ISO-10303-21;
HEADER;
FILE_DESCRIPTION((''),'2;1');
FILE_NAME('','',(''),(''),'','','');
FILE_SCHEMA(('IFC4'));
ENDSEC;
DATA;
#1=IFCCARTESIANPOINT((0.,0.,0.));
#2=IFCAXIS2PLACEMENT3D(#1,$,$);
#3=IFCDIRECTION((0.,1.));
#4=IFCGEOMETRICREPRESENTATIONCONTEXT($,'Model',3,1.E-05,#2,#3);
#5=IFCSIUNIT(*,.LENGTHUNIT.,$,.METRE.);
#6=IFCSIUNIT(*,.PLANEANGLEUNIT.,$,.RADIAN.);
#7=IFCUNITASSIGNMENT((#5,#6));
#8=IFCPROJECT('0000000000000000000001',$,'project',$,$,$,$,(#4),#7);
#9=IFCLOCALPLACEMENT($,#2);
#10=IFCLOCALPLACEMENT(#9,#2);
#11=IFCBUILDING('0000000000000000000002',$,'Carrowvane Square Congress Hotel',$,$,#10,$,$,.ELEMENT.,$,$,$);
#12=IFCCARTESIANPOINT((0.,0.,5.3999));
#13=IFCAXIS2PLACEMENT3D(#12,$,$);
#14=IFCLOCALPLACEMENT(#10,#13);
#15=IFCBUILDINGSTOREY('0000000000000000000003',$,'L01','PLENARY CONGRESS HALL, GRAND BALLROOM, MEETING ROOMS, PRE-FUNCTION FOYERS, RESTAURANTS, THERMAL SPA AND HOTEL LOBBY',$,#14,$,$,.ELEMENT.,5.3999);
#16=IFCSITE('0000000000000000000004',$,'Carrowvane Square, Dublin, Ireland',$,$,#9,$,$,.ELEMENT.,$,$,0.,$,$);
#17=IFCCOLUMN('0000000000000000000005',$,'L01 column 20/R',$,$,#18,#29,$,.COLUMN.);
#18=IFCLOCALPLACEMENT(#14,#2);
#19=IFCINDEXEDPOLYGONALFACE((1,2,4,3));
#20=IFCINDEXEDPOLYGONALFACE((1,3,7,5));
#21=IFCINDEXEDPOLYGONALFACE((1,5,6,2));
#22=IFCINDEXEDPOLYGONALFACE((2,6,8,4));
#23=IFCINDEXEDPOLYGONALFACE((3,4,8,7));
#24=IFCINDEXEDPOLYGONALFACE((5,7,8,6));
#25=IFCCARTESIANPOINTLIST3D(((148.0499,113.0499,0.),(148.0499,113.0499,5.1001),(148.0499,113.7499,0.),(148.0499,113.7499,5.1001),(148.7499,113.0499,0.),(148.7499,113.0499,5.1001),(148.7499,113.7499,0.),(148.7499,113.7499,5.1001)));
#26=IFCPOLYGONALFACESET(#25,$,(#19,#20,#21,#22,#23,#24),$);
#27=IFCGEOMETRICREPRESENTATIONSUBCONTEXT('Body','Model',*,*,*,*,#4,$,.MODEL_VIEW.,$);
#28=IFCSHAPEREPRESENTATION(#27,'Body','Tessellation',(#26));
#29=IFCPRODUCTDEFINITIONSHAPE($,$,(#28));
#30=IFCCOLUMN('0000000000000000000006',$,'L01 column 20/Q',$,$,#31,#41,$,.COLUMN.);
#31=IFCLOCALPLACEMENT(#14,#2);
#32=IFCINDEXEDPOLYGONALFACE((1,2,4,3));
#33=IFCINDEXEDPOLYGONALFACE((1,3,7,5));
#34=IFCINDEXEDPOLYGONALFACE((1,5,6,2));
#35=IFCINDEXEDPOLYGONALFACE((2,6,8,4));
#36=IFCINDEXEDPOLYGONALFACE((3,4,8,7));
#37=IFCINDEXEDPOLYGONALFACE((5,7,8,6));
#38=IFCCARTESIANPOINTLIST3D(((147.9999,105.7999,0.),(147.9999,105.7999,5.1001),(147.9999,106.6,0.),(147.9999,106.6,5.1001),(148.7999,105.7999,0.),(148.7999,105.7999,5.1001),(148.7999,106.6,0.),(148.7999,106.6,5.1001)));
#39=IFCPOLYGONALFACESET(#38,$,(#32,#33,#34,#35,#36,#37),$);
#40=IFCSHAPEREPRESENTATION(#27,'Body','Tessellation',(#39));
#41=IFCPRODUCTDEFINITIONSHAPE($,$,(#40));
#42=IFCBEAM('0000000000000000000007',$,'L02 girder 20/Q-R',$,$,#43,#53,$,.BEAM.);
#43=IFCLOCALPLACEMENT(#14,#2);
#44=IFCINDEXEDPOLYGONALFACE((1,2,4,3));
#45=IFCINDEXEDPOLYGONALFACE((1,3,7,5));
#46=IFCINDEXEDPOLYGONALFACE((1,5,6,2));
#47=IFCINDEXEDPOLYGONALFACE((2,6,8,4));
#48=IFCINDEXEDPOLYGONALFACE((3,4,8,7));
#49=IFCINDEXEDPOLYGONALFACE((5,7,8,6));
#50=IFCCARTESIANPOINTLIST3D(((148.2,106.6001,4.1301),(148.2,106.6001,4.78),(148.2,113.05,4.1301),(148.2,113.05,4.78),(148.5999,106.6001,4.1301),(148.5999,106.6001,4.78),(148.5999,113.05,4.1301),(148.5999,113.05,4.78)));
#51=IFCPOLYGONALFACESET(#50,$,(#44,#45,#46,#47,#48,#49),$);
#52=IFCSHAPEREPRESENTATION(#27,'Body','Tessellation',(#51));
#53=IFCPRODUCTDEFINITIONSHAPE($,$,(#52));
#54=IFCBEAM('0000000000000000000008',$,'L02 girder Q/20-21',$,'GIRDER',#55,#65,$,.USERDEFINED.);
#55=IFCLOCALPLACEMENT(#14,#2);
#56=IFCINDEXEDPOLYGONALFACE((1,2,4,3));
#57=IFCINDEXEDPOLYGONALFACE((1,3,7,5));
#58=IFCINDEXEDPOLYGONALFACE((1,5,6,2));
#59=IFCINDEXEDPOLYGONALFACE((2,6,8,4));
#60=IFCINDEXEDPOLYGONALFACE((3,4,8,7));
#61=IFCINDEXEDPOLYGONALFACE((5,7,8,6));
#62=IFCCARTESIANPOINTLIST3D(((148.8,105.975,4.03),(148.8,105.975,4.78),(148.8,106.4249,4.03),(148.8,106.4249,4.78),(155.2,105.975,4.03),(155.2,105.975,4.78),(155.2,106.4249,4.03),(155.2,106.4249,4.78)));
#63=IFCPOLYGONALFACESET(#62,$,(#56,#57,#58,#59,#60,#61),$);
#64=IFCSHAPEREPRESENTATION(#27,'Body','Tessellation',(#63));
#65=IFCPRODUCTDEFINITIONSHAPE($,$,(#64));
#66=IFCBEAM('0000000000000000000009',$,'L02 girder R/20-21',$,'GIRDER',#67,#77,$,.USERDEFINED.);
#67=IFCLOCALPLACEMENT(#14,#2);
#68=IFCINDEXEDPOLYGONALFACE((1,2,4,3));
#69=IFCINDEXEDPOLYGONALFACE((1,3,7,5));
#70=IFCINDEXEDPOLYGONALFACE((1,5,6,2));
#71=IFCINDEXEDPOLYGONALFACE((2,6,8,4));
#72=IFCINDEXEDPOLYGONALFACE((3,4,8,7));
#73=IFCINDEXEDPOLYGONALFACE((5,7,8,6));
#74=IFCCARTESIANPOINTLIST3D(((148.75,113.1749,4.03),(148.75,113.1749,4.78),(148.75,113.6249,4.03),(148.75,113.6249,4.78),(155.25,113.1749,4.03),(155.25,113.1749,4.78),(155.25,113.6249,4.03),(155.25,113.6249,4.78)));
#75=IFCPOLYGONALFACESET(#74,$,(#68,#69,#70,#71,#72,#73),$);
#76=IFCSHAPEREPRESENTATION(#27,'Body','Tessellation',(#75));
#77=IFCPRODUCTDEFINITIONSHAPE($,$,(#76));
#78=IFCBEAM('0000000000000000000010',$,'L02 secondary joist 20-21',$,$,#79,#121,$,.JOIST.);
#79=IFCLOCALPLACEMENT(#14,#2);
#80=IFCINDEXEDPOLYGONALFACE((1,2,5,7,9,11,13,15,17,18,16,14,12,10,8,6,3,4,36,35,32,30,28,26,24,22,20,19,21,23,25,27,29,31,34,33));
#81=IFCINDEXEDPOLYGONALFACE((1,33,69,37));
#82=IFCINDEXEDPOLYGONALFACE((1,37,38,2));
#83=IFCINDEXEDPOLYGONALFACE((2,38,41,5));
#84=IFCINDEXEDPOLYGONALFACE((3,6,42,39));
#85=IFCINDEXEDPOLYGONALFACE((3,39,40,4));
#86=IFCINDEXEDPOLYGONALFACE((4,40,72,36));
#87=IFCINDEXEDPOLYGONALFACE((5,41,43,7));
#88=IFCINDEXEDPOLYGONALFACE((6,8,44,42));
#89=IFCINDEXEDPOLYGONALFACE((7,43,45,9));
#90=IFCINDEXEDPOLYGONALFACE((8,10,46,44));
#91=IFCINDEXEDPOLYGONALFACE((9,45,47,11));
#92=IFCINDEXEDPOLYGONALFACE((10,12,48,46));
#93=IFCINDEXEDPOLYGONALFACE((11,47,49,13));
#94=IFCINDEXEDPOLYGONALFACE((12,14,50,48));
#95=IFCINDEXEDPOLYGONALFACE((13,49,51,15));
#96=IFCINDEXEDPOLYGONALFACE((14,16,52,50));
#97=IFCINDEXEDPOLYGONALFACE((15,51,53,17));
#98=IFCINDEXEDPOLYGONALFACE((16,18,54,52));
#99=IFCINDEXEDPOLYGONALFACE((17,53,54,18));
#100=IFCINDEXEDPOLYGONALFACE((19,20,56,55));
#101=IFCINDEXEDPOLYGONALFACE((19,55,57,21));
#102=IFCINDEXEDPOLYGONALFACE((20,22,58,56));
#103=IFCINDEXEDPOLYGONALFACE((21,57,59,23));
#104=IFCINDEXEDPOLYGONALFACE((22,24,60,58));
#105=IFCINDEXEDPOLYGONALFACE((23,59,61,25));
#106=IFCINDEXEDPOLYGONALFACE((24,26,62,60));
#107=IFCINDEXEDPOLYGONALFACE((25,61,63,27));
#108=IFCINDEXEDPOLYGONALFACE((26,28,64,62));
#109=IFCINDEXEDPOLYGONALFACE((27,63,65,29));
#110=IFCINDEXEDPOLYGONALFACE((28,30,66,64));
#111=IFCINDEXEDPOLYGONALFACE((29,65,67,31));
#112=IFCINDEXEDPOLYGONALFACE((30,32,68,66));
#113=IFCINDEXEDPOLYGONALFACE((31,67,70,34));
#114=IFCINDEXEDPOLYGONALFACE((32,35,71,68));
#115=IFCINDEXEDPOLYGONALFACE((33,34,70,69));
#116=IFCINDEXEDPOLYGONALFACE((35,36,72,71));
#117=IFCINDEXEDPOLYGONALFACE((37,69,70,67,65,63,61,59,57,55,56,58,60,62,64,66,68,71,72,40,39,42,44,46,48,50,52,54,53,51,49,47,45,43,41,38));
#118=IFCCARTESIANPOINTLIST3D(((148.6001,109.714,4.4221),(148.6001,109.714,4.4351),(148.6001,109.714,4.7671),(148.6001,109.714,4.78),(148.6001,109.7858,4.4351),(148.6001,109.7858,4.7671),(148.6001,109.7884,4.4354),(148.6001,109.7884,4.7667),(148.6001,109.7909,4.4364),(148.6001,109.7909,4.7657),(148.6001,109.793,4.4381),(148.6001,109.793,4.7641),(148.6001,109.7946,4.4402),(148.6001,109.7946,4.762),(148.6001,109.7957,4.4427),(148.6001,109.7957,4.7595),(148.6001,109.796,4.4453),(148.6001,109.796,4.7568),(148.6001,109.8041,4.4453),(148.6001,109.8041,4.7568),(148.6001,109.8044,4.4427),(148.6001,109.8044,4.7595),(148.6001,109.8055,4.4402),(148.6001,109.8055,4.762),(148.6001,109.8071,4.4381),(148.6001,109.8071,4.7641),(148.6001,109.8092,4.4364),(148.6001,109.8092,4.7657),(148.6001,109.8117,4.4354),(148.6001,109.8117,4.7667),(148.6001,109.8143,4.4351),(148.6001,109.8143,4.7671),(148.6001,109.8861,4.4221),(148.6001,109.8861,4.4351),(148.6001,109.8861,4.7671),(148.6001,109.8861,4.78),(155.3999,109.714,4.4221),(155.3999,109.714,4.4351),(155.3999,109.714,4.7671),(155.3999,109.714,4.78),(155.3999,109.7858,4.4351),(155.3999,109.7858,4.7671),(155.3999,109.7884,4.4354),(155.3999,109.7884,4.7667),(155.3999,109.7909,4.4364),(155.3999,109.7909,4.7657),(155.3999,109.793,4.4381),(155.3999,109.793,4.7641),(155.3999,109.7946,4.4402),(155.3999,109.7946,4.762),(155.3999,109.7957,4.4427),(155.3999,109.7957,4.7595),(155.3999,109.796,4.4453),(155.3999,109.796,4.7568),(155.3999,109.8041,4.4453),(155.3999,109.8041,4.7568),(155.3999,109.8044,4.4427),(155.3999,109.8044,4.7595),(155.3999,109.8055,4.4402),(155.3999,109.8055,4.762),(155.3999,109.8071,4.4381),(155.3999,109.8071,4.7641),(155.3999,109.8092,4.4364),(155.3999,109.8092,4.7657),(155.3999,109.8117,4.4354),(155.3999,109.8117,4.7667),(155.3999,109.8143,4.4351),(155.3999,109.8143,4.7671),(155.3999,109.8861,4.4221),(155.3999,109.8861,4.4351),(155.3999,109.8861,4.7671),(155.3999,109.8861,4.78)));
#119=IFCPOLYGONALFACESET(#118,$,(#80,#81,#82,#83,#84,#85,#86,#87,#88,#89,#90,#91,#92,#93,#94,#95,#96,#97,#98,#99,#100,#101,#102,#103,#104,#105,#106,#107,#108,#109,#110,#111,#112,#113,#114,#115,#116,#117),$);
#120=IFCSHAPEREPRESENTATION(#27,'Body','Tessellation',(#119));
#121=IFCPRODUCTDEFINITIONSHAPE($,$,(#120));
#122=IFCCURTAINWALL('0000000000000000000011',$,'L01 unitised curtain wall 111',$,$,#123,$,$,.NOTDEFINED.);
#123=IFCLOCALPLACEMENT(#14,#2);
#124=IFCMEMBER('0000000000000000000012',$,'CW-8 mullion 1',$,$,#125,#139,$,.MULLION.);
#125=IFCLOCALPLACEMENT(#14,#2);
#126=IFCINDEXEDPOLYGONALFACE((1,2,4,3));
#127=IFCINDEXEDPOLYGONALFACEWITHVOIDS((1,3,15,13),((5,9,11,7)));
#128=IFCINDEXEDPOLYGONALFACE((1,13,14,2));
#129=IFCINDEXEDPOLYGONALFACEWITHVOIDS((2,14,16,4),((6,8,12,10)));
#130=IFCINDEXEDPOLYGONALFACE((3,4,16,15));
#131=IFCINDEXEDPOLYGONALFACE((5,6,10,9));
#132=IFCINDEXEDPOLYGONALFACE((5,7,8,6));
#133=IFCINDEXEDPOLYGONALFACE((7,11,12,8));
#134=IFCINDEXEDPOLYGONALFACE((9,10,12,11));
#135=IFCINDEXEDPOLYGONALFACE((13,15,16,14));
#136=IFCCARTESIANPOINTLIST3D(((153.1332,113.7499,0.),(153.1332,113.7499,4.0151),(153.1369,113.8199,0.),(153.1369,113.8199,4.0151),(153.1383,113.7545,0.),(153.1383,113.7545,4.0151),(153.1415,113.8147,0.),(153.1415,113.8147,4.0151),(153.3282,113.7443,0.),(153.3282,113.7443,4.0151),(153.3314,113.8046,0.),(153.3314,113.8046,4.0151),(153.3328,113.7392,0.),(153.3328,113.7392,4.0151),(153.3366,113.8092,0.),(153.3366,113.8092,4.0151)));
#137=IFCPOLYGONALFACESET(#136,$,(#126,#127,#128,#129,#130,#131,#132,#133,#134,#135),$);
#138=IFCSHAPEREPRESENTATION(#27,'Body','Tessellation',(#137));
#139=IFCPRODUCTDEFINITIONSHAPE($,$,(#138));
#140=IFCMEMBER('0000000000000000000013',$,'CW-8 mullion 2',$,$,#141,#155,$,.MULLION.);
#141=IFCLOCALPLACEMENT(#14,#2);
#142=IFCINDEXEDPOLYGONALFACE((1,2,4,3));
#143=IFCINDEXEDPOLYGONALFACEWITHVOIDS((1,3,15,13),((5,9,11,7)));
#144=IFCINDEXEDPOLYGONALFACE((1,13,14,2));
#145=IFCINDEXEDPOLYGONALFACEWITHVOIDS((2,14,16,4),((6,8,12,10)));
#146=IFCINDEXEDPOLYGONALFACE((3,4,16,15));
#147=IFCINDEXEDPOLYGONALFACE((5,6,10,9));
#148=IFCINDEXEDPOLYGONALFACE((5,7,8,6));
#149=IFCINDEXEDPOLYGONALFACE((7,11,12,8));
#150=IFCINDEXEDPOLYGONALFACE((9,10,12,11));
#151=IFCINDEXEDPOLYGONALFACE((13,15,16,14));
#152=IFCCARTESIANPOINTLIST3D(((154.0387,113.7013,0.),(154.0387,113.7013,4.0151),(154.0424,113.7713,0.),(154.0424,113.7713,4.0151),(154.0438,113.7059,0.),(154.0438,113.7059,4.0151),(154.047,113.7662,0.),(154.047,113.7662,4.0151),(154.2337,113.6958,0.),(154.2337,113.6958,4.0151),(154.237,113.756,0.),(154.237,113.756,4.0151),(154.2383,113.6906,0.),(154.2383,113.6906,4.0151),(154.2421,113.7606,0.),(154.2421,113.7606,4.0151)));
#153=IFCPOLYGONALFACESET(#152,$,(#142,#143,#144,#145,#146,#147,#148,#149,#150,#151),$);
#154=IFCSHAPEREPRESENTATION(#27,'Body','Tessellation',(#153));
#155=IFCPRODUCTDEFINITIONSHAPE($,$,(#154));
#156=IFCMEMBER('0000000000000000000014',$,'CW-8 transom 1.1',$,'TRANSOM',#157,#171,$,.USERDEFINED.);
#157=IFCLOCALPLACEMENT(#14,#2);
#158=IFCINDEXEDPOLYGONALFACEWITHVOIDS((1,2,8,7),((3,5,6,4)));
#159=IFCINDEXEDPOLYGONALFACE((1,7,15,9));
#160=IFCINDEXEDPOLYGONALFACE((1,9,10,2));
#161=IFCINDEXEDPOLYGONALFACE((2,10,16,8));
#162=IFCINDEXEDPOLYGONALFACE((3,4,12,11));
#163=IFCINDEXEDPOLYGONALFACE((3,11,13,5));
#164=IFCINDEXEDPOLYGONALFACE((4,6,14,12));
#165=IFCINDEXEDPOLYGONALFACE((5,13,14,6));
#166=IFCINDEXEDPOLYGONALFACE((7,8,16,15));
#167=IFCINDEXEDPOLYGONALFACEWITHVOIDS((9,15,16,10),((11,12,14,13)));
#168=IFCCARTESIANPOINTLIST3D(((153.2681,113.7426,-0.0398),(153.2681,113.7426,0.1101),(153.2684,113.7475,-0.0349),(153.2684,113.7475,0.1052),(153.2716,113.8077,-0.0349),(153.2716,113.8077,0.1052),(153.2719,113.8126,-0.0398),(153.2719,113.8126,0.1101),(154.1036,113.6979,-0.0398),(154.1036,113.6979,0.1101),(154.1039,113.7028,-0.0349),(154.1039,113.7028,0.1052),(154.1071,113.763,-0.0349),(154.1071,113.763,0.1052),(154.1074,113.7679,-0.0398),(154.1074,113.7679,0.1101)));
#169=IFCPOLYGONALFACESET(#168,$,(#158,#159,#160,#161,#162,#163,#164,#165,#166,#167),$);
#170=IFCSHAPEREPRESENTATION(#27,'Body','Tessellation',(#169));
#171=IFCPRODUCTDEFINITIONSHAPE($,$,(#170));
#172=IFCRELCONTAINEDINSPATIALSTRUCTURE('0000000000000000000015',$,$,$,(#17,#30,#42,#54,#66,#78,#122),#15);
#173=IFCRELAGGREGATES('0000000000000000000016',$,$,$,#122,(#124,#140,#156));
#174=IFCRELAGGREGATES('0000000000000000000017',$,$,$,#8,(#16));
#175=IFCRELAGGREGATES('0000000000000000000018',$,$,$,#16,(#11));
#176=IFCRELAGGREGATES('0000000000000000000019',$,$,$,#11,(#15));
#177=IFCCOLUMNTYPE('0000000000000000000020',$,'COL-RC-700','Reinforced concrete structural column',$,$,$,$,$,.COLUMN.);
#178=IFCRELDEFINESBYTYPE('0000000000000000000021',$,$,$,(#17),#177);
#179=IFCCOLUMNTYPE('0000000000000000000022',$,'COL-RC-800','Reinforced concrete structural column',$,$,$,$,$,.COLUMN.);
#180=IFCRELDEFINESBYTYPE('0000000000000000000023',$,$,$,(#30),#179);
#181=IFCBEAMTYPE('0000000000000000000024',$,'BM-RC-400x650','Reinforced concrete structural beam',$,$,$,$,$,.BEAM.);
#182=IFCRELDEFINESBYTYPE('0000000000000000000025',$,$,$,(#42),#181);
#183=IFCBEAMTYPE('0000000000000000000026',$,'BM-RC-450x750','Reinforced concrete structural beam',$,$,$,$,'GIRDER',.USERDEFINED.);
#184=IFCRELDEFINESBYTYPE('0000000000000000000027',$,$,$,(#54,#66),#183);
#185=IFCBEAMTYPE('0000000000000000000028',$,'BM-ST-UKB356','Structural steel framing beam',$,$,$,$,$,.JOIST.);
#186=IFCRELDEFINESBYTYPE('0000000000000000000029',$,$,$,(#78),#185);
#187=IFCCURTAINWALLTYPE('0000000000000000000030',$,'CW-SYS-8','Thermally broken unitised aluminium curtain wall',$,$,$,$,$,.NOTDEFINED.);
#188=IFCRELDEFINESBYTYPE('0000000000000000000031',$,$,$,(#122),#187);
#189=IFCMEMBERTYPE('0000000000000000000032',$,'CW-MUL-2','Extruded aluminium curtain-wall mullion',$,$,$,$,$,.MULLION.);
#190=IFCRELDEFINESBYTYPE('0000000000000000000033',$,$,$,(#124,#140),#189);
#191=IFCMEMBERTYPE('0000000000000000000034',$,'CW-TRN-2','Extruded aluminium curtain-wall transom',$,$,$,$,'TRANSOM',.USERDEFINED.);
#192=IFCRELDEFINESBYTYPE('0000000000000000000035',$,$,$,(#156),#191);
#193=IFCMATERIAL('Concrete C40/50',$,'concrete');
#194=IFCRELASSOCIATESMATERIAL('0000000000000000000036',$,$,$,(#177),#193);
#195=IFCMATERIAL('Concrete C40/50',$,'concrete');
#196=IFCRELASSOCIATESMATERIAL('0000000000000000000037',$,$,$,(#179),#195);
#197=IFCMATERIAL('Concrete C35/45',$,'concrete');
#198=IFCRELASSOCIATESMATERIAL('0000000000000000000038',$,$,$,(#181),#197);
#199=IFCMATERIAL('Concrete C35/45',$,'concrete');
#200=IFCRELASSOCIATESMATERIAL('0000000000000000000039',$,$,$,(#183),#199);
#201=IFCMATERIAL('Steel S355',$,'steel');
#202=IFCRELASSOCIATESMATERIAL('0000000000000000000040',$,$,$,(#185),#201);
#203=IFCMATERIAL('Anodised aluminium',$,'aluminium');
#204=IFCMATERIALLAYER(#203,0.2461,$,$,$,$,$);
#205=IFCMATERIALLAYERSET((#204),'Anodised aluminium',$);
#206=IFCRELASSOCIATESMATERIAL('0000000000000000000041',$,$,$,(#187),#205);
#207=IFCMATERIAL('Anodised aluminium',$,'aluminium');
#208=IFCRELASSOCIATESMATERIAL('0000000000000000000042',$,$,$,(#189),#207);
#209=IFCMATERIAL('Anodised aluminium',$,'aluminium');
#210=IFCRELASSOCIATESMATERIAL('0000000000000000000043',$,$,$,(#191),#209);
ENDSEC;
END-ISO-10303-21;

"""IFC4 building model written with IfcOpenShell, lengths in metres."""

from ifc_helpers import new_model, si_unit, direction, frame, origin, origin_2d, place, context, subcontext, project, spatial, rectangle, hollow_rectangle, i_section, extrude, material, layer, layer_set, material_profile, profile_set, type_object, element, aggregate, save


model = new_model("IFC4")

# Units and contexts
model_context = context("Model", 3, precision=1e-05, world=origin(), true_north=direction((0.0, 1.0)))
body_context = subcontext(model_context, "Body", "Model", "MODEL_VIEW")
ifc_project = project(units=[si_unit("LENGTHUNIT", "METRE"), si_unit("PLANEANGLEUNIT", "RADIAN")], contexts=[model_context])

# Site, building, storey
site_placement = place(None, origin())
site = spatial("IfcSite", under=ifc_project, at=site_placement, Name="Carrowvane Square, Dublin, Ireland", CompositionType="ELEMENT", RefElevation=0.0)
building_placement = place(site_placement, origin())
building = spatial("IfcBuilding", under=site, at=building_placement, Name="Carrowvane Square Congress Hotel", CompositionType="ELEMENT")
storey_placement = place(building_placement, frame((0.0, 0.0, 5.3999)))
storey = spatial("IfcBuildingStorey", under=building, at=storey_placement, Name="L01", Description="PLENARY CONGRESS HALL, GRAND BALLROOM, MEETING ROOMS, PRE-FUNCTION FOYERS, RESTAURANTS, THERMAL SPA AND HOTEL LOBBY", CompositionType="ELEMENT", Elevation=5.3999)

# Columns
ifc_material_1 = material(Name="Concrete C40/50", Category="concrete")
ifc_material_profile_1 = material_profile(ifc_material_1, rectangle(XDim=0.7, YDim=0.7, at=origin_2d()), Name="RC 700x700")
ifc_profile_set_1 = profile_set([ifc_material_profile_1], Name="Concrete C40/50")
column_type_1 = type_object("IfcColumnType", Name="COL-RC-700", Description="Reinforced concrete structural column", PredefinedType="COLUMN", material=ifc_profile_set_1)
column_1_placement = place(storey_placement, frame((148.3999, 113.3999, 0.0), z_axis=(0.0, 0.0, 1.0), x_axis=(1.0, 0.0, 0.0)))
element("IfcColumn", 1, at=column_1_placement, inside=storey, type_object=column_type_1, Name="L01 column 20/R", PredefinedType="COLUMN", context=body_context, shape_type="SweptSolid", body=[
    extrude(rectangle(XDim=0.7, YDim=0.7, at=origin_2d()), origin(), (0.0, 0.0, 1.0), 5.1001),
])
ifc_material_2 = material(Name="Concrete C40/50", Category="concrete")
ifc_material_profile_2 = material_profile(ifc_material_2, rectangle(XDim=0.8, YDim=0.8, at=origin_2d()), Name="RC 800x800")
ifc_profile_set_2 = profile_set([ifc_material_profile_2], Name="Concrete C40/50")
column_type_2 = type_object("IfcColumnType", Name="COL-RC-800", Description="Reinforced concrete structural column", PredefinedType="COLUMN", material=ifc_profile_set_2)
column_2_placement = place(storey_placement, frame((148.3999, 106.2, 0.0), z_axis=(0.0, 0.0, 1.0), x_axis=(1.0, 0.0, 0.0)))
element("IfcColumn", 2, at=column_2_placement, inside=storey, type_object=column_type_2, Name="L01 column 20/Q", PredefinedType="COLUMN", context=body_context, shape_type="SweptSolid", body=[
    extrude(rectangle(XDim=0.8, YDim=0.8, at=origin_2d()), origin(), (0.0, 0.0, 1.0), 5.1001),
])

# Beams
ifc_material_3 = material(Name="Concrete C35/45", Category="concrete")
ifc_material_profile_3 = material_profile(ifc_material_3, rectangle(XDim=0.3999, YDim=0.6499, at=origin_2d()), Name="RC 400x650")
ifc_profile_set_3 = profile_set([ifc_material_profile_3], Name="Concrete C35/45")
beam_type_1 = type_object("IfcBeamType", Name="BM-RC-400x650", Description="Reinforced concrete structural beam", PredefinedType="BEAM", material=ifc_profile_set_3)
beam_1_placement = place(storey_placement, frame((148.3999, 106.6001, 4.4551), z_axis=(0.0, 1.0, 0.0), x_axis=(-1.0, 0.0, 0.0)))
element("IfcBeam", 3, at=beam_1_placement, inside=storey, type_object=beam_type_1, Name="L02 girder 20/Q-R", PredefinedType="BEAM", context=body_context, shape_type="SweptSolid", body=[
    extrude(rectangle(XDim=0.3999, YDim=0.6499, at=origin_2d()), origin(), (0.0, 0.0, 1.0), 6.45),
])
ifc_material_4 = material(Name="Concrete C35/45", Category="concrete")
ifc_material_profile_4 = material_profile(ifc_material_4, rectangle(XDim=0.45, YDim=0.75, at=origin_2d()), Name="RC 450x750")
ifc_profile_set_4 = profile_set([ifc_material_profile_4], Name="Concrete C35/45")
beam_type_2 = type_object("IfcBeamType", Name="BM-RC-450x750", Description="Reinforced concrete structural beam", ElementType="GIRDER", PredefinedType="USERDEFINED", material=ifc_profile_set_4)
beam_2_placement = place(storey_placement, frame((148.8, 106.2, 4.405), z_axis=(1.0, 0.0, 0.0), x_axis=(0.0, 1.0, 0.0)))
element("IfcBeam", 4, at=beam_2_placement, inside=storey, type_object=beam_type_2, Name="L02 girder Q/20-21", ObjectType="GIRDER", PredefinedType="USERDEFINED", context=body_context, shape_type="SweptSolid", body=[
    extrude(rectangle(XDim=0.45, YDim=0.75, at=origin_2d()), origin(), (0.0, 0.0, 1.0), 6.3999),
])
beam_3_placement = place(storey_placement, frame((148.75, 113.3999, 4.405), z_axis=(1.0, 0.0, 0.0), x_axis=(0.0, 1.0, 0.0)))
element("IfcBeam", 5, at=beam_3_placement, inside=storey, type_object=beam_type_2, Name="L02 girder R/20-21", ObjectType="GIRDER", PredefinedType="USERDEFINED", context=body_context, shape_type="SweptSolid", body=[
    extrude(rectangle(XDim=0.45, YDim=0.75, at=origin_2d()), origin(), (0.0, 0.0, 1.0), 6.5),
])
ifc_material_5 = material(Name="Steel S355", Category="steel")
ifc_material_profile_5 = material_profile(ifc_material_5, i_section(OverallWidth=0.1721, OverallDepth=0.3579, WebThickness=0.0081, FlangeThickness=0.0129, FilletRadius=0.0103, at=origin_2d()), Name="UKB 356x171x57")
ifc_profile_set_5 = profile_set([ifc_material_profile_5], Name="Steel S355")
beam_type_3 = type_object("IfcBeamType", Name="BM-ST-UKB356", Description="Structural steel framing beam", PredefinedType="JOIST", material=ifc_profile_set_5)
beam_4_placement = place(storey_placement, frame((148.6001, 109.8, 4.6011), z_axis=(1.0, 0.0, 0.0), x_axis=(0.0, 1.0, 0.0)))
element("IfcBeam", 6, at=beam_4_placement, inside=storey, type_object=beam_type_3, Name="L02 secondary joist 20-21", PredefinedType="JOIST", context=body_context, shape_type="SweptSolid", body=[
    extrude(i_section(OverallWidth=0.1721, OverallDepth=0.3579, WebThickness=0.0081, FlangeThickness=0.0129, FilletRadius=0.0103, at=origin_2d()), origin(), (0.0, 0.0, 1.0), 6.7998),
])

# Curtain wall, members
ifc_material_6 = material(Name="Anodised aluminium", Category="aluminium")
ifc_layer_1 = layer(ifc_material_6, 0.2461)
ifc_layer_set_1 = layer_set([ifc_layer_1], Name="Anodised aluminium")
curtain_wall_type = type_object("IfcCurtainWallType", Name="CW-SYS-8", Description="Thermally broken unitised aluminium curtain wall", PredefinedType="NOTDEFINED", material=ifc_layer_set_1)
curtain_wall_placement = place(storey_placement, origin())
curtain_wall = element("IfcCurtainWall", 7, at=curtain_wall_placement, inside=storey, type_object=curtain_wall_type, Name="L01 unitised curtain wall 111", PredefinedType="NOTDEFINED")
ifc_material_7 = material(Name="Anodised aluminium", Category="aluminium")
ifc_material_profile_6 = material_profile(ifc_material_7, hollow_rectangle(XDim=0.0701, YDim=0.2, WallThickness=0.0049, at=origin_2d()), Name="CW-ML 70x200x5")
ifc_profile_set_6 = profile_set([ifc_material_profile_6], Name="Anodised aluminium")
member_type_1 = type_object("IfcMemberType", Name="CW-MUL-2", Description="Extruded aluminium curtain-wall mullion", PredefinedType="MULLION", material=ifc_profile_set_6)
member_1_placement = place(storey_placement, frame((153.2349, 113.7795, 0.0), z_axis=(0.0, 0.0, 1.0), x_axis=(0.053517, 0.998567, 0.0)))
member_1 = element("IfcMember", 8, at=member_1_placement, type_object=member_type_1, Name="CW-8 mullion 1", PredefinedType="MULLION", context=body_context, shape_type="SweptSolid", body=[
    extrude(hollow_rectangle(XDim=0.0701, YDim=0.2, WallThickness=0.0049, at=origin_2d()), origin(), (0.0, 0.0, 1.0), 4.0151),
])
member_2_placement = place(storey_placement, frame((154.1404, 113.731, 0.0), z_axis=(0.0, 0.0, 1.0), x_axis=(0.053517, 0.998567, 0.0)))
member_2 = element("IfcMember", 9, at=member_2_placement, type_object=member_type_1, Name="CW-8 mullion 2", PredefinedType="MULLION", context=body_context, shape_type="SweptSolid", body=[
    extrude(hollow_rectangle(XDim=0.0701, YDim=0.2, WallThickness=0.0049, at=origin_2d()), origin(), (0.0, 0.0, 1.0), 4.0151),
])
ifc_material_8 = material(Name="Anodised aluminium", Category="aluminium")
ifc_material_profile_7 = material_profile(ifc_material_8, hollow_rectangle(XDim=0.0701, YDim=0.1499, WallThickness=0.0049, at=origin_2d()), Name="CW-TR 70x150x5")
ifc_profile_set_7 = profile_set([ifc_material_profile_7], Name="Anodised aluminium")
member_type_2 = type_object("IfcMemberType", Name="CW-TRN-2", Description="Extruded aluminium curtain-wall transom", ElementType="TRANSOM", PredefinedType="USERDEFINED", material=ifc_profile_set_7)
member_3_placement = place(storey_placement, frame((153.27, 113.7776, 0.0352), z_axis=(0.998573, -0.053401, 0.0), x_axis=(0.053401, 0.998573, 0.0)))
member_3 = element("IfcMember", 10, at=member_3_placement, type_object=member_type_2, Name="CW-8 transom 1.1", ObjectType="TRANSOM", PredefinedType="USERDEFINED", context=body_context, shape_type="SweptSolid", body=[
    extrude(hollow_rectangle(XDim=0.0701, YDim=0.1499, WallThickness=0.0049, at=origin_2d()), origin(), (0.0, 0.0, 1.0), 0.8367),
])
aggregate(curtain_wall, [member_1, member_2, member_3])

save(model, "model.ifc")
